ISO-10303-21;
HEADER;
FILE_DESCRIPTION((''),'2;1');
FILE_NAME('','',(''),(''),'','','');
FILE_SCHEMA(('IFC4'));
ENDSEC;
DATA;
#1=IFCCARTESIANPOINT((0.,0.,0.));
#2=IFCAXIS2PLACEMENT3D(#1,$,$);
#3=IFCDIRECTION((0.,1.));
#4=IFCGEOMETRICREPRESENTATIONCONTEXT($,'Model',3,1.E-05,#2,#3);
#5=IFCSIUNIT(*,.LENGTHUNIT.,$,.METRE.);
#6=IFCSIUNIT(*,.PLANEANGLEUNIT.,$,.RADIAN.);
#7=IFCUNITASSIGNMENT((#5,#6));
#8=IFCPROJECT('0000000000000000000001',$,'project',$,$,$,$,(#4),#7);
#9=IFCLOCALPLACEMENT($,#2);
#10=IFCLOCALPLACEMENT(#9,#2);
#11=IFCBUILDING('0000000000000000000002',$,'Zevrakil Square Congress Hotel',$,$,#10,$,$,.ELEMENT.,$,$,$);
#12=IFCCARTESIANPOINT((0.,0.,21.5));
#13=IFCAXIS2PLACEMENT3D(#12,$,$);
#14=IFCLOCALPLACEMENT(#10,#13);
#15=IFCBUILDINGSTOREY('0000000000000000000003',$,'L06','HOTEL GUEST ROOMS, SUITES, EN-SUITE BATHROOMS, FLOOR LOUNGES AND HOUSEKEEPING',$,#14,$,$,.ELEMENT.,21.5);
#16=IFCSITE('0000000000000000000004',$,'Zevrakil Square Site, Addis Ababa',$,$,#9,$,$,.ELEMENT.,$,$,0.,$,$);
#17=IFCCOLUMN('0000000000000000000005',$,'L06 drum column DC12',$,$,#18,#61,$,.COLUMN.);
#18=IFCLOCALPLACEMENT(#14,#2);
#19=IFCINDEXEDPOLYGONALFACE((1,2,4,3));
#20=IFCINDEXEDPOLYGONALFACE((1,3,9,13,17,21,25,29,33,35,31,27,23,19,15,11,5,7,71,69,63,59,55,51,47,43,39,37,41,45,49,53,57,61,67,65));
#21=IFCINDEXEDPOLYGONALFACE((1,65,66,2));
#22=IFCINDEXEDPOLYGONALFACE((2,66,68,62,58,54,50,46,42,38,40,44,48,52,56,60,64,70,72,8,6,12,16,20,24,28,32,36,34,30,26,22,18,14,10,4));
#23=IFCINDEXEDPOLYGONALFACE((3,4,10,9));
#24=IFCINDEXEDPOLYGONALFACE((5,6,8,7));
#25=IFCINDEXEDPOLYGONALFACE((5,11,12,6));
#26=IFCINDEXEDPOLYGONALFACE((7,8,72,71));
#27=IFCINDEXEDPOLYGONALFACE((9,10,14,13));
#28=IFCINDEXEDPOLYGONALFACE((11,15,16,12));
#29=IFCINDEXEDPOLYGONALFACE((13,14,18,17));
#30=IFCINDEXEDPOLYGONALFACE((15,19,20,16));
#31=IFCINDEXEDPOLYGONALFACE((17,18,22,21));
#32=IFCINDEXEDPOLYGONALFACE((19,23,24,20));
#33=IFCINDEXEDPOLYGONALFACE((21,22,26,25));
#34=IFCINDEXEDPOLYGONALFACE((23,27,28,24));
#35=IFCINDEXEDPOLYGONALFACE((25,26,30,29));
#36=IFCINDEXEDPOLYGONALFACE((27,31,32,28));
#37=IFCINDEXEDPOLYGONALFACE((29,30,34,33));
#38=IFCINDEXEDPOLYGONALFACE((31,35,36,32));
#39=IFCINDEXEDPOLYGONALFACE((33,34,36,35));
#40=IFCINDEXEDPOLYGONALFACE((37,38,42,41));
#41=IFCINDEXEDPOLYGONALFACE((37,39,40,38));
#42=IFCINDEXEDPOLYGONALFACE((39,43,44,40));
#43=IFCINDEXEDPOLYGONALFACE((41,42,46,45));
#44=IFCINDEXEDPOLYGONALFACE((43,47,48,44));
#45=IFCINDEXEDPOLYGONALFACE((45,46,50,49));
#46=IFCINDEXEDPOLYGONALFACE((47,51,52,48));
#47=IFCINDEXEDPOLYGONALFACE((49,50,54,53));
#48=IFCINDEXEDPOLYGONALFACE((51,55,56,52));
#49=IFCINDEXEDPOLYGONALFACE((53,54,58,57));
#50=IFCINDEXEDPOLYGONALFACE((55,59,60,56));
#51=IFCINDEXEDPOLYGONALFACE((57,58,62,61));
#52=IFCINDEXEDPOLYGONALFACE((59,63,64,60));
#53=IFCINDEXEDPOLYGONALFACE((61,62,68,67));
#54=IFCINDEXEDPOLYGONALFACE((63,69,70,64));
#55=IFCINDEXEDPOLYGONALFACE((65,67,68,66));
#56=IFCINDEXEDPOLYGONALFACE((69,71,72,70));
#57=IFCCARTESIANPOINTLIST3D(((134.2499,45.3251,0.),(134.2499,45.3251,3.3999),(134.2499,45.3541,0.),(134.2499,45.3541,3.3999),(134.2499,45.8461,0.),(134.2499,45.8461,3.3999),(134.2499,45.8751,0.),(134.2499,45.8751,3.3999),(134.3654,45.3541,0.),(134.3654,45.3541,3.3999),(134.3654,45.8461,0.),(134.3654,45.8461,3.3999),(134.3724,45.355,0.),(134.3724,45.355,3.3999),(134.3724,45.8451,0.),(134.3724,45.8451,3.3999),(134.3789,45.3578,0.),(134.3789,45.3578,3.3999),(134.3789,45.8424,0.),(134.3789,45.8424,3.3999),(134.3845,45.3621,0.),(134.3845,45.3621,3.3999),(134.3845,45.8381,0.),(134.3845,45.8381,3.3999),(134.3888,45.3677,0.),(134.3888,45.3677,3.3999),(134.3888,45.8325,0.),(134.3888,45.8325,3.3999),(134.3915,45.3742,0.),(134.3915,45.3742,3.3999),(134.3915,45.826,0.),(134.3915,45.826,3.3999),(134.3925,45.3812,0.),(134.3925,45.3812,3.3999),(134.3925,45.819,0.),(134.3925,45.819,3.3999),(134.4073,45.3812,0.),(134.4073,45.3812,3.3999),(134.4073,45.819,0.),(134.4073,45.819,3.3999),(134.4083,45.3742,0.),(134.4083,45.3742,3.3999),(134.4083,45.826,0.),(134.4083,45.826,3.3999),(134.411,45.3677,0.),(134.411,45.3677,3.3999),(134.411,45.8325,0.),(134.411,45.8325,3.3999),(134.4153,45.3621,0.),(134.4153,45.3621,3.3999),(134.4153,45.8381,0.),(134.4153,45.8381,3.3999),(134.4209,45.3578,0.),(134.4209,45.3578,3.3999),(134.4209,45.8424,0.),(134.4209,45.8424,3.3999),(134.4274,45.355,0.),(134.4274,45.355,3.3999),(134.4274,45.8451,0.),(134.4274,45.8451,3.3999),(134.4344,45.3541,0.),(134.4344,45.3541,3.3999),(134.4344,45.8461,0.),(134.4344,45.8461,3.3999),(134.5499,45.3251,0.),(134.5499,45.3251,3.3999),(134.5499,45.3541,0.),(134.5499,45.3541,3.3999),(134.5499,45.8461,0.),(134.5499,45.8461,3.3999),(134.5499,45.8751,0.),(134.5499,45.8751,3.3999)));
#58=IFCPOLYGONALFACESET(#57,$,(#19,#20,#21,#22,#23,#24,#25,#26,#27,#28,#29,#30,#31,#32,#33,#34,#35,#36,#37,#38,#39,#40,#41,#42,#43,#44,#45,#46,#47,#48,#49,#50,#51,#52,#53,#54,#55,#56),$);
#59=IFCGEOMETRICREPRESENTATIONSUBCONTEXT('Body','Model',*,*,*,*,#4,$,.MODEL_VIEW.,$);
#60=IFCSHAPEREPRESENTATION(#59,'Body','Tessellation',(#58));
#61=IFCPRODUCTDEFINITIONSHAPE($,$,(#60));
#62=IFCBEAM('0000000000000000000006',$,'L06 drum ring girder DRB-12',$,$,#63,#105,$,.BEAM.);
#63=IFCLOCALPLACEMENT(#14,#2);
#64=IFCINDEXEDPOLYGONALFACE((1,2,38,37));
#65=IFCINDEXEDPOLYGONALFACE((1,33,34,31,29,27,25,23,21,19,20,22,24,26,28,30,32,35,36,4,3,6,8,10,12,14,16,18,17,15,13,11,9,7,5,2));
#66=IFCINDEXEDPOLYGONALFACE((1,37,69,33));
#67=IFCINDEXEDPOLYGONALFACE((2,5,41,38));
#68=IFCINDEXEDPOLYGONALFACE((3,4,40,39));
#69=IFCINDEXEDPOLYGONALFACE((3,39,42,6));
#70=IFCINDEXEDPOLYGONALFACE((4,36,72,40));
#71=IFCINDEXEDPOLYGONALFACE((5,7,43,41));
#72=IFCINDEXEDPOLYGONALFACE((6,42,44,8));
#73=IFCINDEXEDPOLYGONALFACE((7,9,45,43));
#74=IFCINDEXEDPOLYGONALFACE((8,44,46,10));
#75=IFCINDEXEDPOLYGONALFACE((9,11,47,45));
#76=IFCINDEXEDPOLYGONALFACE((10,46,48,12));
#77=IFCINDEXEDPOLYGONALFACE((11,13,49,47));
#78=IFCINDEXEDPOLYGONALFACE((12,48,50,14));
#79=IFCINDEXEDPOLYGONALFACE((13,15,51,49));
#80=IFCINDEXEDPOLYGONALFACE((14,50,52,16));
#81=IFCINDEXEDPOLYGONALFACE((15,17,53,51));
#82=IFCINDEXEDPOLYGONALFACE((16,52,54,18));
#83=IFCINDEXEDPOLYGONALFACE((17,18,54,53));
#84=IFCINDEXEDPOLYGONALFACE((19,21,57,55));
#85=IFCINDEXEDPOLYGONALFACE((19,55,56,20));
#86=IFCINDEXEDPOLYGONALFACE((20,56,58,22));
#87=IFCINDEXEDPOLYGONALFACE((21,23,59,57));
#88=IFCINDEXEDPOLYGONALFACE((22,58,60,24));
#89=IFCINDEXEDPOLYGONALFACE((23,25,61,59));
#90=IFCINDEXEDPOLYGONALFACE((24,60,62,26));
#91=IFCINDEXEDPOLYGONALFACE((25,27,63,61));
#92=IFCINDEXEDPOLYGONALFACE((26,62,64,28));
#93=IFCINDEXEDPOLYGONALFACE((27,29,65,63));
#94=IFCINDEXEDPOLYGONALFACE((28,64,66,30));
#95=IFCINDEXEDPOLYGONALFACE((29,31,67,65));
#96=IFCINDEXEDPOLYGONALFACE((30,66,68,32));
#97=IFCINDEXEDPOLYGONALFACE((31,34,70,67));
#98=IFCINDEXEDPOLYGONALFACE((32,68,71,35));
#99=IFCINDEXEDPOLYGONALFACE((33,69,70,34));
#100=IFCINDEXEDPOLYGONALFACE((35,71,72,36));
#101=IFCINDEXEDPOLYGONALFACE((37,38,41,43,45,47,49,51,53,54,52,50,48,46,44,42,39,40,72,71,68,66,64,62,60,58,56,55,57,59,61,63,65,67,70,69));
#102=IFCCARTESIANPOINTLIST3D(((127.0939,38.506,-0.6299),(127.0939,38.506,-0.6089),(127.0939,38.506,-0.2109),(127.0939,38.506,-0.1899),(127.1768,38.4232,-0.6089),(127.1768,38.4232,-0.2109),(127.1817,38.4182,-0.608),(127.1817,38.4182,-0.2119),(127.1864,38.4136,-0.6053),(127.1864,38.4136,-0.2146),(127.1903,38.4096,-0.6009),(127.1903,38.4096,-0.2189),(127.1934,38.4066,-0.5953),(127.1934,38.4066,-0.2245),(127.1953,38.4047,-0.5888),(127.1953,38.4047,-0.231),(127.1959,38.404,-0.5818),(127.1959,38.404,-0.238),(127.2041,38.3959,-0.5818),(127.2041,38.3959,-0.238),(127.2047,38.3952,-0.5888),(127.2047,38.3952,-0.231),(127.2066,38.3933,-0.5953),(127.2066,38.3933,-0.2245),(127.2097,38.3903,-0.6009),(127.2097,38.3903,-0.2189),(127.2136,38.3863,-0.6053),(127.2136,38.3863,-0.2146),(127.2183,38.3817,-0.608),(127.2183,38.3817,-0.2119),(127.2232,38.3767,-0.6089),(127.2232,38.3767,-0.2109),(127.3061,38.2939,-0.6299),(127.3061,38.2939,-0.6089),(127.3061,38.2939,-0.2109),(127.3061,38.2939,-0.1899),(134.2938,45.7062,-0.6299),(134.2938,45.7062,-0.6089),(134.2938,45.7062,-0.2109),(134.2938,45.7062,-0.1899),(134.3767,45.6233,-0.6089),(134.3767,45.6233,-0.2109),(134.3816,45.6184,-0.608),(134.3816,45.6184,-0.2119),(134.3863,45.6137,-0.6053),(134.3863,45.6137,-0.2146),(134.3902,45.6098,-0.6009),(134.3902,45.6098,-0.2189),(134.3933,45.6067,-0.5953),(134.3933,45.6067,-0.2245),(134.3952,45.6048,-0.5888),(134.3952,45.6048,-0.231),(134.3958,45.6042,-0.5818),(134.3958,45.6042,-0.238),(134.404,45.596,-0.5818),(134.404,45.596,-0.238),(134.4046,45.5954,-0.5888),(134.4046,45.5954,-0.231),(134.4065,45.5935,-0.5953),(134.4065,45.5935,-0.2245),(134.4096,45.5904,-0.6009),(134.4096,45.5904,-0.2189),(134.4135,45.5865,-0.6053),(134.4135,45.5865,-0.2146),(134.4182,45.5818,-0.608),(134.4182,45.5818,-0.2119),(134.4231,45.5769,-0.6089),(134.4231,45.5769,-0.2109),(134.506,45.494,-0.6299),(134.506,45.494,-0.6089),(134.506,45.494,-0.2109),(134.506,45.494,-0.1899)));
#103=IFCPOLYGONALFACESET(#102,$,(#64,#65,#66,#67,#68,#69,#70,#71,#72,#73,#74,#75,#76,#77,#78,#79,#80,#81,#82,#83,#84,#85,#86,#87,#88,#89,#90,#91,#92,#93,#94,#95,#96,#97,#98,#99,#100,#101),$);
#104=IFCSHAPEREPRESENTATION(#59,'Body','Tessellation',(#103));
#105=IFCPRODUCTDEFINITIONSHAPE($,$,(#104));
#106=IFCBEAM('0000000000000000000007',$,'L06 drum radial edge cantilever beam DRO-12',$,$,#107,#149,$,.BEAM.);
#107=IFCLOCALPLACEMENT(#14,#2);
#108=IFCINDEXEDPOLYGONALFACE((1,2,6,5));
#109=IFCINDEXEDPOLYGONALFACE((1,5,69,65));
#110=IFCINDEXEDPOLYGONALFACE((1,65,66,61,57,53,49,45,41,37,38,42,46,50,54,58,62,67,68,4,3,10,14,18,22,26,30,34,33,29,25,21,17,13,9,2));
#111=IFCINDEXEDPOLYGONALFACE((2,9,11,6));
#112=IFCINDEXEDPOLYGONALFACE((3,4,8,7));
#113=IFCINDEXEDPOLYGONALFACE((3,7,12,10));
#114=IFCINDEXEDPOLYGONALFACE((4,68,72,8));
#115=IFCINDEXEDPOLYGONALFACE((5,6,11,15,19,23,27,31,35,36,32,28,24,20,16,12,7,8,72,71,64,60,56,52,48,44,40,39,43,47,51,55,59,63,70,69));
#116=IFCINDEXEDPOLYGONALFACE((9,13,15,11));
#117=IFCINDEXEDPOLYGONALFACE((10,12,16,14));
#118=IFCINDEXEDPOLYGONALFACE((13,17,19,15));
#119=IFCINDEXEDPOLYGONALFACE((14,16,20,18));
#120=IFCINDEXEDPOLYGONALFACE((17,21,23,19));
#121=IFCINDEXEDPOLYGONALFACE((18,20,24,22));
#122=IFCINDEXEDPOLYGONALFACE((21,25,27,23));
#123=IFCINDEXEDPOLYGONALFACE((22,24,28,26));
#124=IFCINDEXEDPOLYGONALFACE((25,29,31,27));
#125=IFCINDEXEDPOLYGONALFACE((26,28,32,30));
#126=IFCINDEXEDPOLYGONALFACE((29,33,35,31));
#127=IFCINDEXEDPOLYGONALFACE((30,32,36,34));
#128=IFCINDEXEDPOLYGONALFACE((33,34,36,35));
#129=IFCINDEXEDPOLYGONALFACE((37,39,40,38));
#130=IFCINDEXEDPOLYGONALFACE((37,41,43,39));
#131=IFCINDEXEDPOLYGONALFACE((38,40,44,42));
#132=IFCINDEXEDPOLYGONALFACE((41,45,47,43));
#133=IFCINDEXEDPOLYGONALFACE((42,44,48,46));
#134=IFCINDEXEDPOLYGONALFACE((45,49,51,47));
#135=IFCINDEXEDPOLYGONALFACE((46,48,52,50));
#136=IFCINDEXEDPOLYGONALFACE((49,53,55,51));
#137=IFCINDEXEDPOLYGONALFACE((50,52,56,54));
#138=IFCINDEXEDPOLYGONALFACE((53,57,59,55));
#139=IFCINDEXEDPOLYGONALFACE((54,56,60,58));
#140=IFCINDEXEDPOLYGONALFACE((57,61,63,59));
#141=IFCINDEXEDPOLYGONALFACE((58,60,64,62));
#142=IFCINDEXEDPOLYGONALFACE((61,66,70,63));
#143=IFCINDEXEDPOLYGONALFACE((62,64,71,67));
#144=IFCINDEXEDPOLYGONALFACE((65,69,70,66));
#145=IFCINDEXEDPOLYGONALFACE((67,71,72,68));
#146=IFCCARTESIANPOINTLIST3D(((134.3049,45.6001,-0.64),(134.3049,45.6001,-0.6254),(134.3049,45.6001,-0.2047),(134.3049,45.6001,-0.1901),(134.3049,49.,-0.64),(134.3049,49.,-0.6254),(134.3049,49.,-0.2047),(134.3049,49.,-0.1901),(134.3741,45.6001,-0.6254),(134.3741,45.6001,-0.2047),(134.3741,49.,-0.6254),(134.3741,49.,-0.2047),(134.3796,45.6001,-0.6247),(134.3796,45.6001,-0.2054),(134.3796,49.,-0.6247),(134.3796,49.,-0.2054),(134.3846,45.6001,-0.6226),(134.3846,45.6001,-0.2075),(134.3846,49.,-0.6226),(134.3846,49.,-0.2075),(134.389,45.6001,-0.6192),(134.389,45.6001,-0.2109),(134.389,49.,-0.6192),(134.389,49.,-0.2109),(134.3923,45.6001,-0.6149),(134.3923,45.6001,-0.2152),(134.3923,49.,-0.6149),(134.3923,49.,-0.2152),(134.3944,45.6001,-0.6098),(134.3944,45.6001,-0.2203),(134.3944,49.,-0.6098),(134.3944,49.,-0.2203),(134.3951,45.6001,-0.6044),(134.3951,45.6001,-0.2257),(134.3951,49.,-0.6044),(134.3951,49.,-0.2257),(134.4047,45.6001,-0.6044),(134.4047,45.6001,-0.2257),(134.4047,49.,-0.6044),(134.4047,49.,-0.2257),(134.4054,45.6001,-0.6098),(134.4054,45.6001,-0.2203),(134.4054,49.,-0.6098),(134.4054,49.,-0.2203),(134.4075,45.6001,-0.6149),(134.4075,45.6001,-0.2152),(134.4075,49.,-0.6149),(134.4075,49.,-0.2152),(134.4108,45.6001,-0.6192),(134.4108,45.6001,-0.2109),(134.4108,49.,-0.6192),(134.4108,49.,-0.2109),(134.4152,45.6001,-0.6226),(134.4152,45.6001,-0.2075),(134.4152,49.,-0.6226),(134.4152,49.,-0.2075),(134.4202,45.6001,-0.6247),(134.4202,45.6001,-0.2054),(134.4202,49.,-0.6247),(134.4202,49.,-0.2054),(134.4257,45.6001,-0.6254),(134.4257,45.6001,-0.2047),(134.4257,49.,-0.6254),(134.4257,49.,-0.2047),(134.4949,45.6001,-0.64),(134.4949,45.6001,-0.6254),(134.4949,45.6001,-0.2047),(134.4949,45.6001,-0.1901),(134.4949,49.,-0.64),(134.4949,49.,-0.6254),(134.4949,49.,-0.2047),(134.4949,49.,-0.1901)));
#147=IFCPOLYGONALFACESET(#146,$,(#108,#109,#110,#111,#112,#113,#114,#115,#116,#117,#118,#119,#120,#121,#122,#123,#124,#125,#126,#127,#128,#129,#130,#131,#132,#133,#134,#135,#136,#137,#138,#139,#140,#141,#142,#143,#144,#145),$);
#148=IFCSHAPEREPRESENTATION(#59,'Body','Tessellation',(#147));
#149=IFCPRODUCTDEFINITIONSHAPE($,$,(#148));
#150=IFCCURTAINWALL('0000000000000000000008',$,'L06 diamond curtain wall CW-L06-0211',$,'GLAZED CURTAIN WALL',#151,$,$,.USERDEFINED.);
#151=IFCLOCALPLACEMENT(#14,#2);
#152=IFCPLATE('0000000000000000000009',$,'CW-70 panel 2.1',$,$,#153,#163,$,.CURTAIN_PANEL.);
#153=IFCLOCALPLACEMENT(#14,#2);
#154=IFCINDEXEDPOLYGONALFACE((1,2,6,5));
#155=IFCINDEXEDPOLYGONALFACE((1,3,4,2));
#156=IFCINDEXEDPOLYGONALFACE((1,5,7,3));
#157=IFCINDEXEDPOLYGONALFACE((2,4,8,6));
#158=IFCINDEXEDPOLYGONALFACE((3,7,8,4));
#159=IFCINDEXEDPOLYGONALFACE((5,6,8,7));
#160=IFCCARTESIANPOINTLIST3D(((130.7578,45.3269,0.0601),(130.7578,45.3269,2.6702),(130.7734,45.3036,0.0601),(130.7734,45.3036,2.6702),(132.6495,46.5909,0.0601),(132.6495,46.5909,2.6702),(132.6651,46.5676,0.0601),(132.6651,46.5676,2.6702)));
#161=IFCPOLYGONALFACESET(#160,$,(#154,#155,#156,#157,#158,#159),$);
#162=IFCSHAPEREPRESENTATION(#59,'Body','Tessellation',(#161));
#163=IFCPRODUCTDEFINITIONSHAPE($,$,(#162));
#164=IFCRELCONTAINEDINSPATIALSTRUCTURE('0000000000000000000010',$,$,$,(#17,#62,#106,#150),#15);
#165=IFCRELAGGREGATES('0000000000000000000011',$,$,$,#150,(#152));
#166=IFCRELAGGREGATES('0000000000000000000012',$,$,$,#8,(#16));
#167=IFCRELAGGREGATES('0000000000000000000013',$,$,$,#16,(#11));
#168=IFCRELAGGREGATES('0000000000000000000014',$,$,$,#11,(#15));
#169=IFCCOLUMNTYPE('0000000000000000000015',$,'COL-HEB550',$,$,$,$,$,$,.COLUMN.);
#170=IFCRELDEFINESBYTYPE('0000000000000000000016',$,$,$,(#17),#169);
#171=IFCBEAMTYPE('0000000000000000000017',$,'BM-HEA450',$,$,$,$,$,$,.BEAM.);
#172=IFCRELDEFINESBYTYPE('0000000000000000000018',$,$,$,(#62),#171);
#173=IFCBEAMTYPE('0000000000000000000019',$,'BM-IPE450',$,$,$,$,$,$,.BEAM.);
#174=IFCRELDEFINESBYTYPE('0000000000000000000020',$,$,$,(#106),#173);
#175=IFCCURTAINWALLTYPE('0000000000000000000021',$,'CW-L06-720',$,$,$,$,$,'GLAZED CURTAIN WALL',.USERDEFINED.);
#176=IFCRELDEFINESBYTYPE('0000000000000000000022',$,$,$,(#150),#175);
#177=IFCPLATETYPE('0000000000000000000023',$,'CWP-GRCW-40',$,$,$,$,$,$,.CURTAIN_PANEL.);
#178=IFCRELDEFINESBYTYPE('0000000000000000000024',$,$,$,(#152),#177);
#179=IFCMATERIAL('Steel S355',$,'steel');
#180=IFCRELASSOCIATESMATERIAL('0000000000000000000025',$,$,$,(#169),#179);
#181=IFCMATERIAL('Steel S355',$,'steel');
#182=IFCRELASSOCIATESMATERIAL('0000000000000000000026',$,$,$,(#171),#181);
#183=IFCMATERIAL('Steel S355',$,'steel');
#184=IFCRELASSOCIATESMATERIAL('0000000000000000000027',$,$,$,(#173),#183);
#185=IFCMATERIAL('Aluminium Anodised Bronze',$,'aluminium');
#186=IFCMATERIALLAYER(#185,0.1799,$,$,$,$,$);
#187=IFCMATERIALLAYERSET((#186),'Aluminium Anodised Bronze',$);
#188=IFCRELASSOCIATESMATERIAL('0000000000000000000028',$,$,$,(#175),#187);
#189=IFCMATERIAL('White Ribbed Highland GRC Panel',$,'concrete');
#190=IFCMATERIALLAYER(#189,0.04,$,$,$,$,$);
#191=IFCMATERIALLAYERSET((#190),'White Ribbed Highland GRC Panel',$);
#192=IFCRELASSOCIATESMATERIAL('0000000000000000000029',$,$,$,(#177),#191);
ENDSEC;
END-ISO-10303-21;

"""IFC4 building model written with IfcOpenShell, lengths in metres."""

from ifc_helpers import new_model, si_unit, direction, frame, origin, origin_2d, place, context, subcontext, project, spatial, rectangle, i_section, extrude, material, layer, layer_set, material_profile, profile_set, type_object, element, aggregate, save


model = new_model("IFC4")

# Units and contexts
model_context = context("Model", 3, precision=1e-05, world=origin(), true_north=direction((0.0, 1.0)))
body_context = subcontext(model_context, "Body", "Model", "MODEL_VIEW")
ifc_project = project(units=[si_unit("LENGTHUNIT", "METRE"), si_unit("PLANEANGLEUNIT", "RADIAN")], contexts=[model_context])

# Site, building, storey
site_placement = place(None, origin())
site = spatial("IfcSite", under=ifc_project, at=site_placement, Name="Zevrakil Square Site, Addis Ababa", CompositionType="ELEMENT", RefElevation=0.0)
building_placement = place(site_placement, origin())
building = spatial("IfcBuilding", under=site, at=building_placement, Name="Zevrakil Square Congress Hotel", CompositionType="ELEMENT")
storey_placement = place(building_placement, frame((0.0, 0.0, 21.5)))
storey = spatial("IfcBuildingStorey", under=building, at=storey_placement, Name="L06", Description="HOTEL GUEST ROOMS, SUITES, EN-SUITE BATHROOMS, FLOOR LOUNGES AND HOUSEKEEPING", CompositionType="ELEMENT", Elevation=21.5)

# Column
ifc_material_1 = material(Name="Steel S355", Category="steel")
ifc_material_profile_1 = material_profile(ifc_material_1, i_section(OverallWidth=0.3, OverallDepth=0.55, WebThickness=0.0149, FlangeThickness=0.0291, FilletRadius=0.0271, at=origin_2d()), Name="HEB 550")
ifc_profile_set_1 = profile_set([ifc_material_profile_1], Name="Steel S355")
column_type = type_object("IfcColumnType", Name="COL-HEB550", PredefinedType="COLUMN", material=ifc_profile_set_1)
column_placement = place(storey_placement, frame((134.3999, 45.6001, 0.0), z_axis=(0.0, 0.0, 1.0), x_axis=(1.0, 0.0, 0.0)))
element("IfcColumn", 1, at=column_placement, inside=storey, type_object=column_type, Name="L06 drum column DC12", PredefinedType="COLUMN", context=body_context, shape_type="SweptSolid", body=[
    extrude(i_section(OverallWidth=0.3, OverallDepth=0.55, WebThickness=0.0149, FlangeThickness=0.0291, FilletRadius=0.0271, at=origin_2d()), origin(), (0.0, 0.0, 1.0), 3.3999),
])

# Beams
ifc_material_2 = material(Name="Steel S355", Category="steel")
ifc_material_profile_2 = material_profile(ifc_material_2, i_section(OverallWidth=0.3, OverallDepth=0.4399, WebThickness=0.0115, FlangeThickness=0.021, FilletRadius=0.0271, at=origin_2d()), Name="HEA 450")
ifc_profile_set_2 = profile_set([ifc_material_profile_2], Name="Steel S355")
beam_type_1 = type_object("IfcBeamType", Name="BM-HEA450", PredefinedType="BEAM", material=ifc_profile_set_2)
beam_1_placement = place(storey_placement, frame((134.3999, 45.6001, -0.4099), z_axis=(-0.707095, -0.707119, 0.0), x_axis=(0.707119, -0.707095, 0.0)))
element("IfcBeam", 2, at=beam_1_placement, inside=storey, type_object=beam_type_1, Name="L06 drum ring girder DRB-12", PredefinedType="BEAM", context=body_context, shape_type="SweptSolid", body=[
    extrude(i_section(OverallWidth=0.3, OverallDepth=0.4399, WebThickness=0.0115, FlangeThickness=0.021, FilletRadius=0.0271, at=origin_2d()), origin(), (0.0, 0.0, 1.0), 10.1824),
])
ifc_material_3 = material(Name="Steel S355", Category="steel")
ifc_material_profile_3 = material_profile(ifc_material_3, i_section(OverallWidth=0.1899, OverallDepth=0.45, WebThickness=0.0095, FlangeThickness=0.0146, FilletRadius=0.021, at=origin_2d()), Name="IPE 450")
ifc_profile_set_3 = profile_set([ifc_material_profile_3], Name="Steel S355")
beam_type_2 = type_object("IfcBeamType", Name="BM-IPE450", PredefinedType="BEAM", material=ifc_profile_set_3)
beam_2_placement = place(storey_placement, frame((134.3999, 45.6001, -0.415), z_axis=(0.0, 1.0, 0.0), x_axis=(-1.0, 0.0, 0.0)))
element("IfcBeam", 3, at=beam_2_placement, inside=storey, type_object=beam_type_2, Name="L06 drum radial edge cantilever beam DRO-12", PredefinedType="BEAM", context=body_context, shape_type="SweptSolid", body=[
    extrude(i_section(OverallWidth=0.1899, OverallDepth=0.45, WebThickness=0.0095, FlangeThickness=0.0146, FilletRadius=0.021, at=origin_2d()), origin(), (0.0, 0.0, 1.0), 3.3999),
])

# Curtain wall, plate
ifc_material_4 = material(Name="Aluminium Anodised Bronze", Category="aluminium")
ifc_layer_1 = layer(ifc_material_4, 0.1799)
ifc_layer_set_1 = layer_set([ifc_layer_1], Name="Aluminium Anodised Bronze")
curtain_wall_type = type_object("IfcCurtainWallType", Name="CW-L06-720", ElementType="GLAZED CURTAIN WALL", PredefinedType="USERDEFINED", material=ifc_layer_set_1)
curtain_wall_placement = place(storey_placement, origin())
curtain_wall = element("IfcCurtainWall", 4, at=curtain_wall_placement, inside=storey, type_object=curtain_wall_type, Name="L06 diamond curtain wall CW-L06-0211", ObjectType="GLAZED CURTAIN WALL", PredefinedType="USERDEFINED")
ifc_material_5 = material(Name="White Ribbed Highland GRC Panel", Category="concrete")
ifc_layer_2 = layer(ifc_material_5, 0.04)
ifc_layer_set_2 = layer_set([ifc_layer_2], Name="White Ribbed Highland GRC Panel")
plate_type = type_object("IfcPlateType", Name="CWP-GRCW-40", PredefinedType="CURTAIN_PANEL", material=ifc_layer_set_2)
plate_placement = place(storey_placement, frame((131.7114, 45.9473, 0.0601), z_axis=(0.0, 0.0, 1.0), x_axis=(-0.831466, -0.555576, 0.0)))
plate = element("IfcPlate", 5, at=plate_placement, type_object=plate_type, Name="CW-70 panel 2.1", PredefinedType="CURTAIN_PANEL", context=body_context, shape_type="SweptSolid", body=[
    extrude(rectangle(XDim=2.2751, YDim=0.0281, at=origin_2d()), origin(), (0.0, 0.0, 1.0), 2.6101),
])
aggregate(curtain_wall, [plate])

save(model, "model.ifc")
